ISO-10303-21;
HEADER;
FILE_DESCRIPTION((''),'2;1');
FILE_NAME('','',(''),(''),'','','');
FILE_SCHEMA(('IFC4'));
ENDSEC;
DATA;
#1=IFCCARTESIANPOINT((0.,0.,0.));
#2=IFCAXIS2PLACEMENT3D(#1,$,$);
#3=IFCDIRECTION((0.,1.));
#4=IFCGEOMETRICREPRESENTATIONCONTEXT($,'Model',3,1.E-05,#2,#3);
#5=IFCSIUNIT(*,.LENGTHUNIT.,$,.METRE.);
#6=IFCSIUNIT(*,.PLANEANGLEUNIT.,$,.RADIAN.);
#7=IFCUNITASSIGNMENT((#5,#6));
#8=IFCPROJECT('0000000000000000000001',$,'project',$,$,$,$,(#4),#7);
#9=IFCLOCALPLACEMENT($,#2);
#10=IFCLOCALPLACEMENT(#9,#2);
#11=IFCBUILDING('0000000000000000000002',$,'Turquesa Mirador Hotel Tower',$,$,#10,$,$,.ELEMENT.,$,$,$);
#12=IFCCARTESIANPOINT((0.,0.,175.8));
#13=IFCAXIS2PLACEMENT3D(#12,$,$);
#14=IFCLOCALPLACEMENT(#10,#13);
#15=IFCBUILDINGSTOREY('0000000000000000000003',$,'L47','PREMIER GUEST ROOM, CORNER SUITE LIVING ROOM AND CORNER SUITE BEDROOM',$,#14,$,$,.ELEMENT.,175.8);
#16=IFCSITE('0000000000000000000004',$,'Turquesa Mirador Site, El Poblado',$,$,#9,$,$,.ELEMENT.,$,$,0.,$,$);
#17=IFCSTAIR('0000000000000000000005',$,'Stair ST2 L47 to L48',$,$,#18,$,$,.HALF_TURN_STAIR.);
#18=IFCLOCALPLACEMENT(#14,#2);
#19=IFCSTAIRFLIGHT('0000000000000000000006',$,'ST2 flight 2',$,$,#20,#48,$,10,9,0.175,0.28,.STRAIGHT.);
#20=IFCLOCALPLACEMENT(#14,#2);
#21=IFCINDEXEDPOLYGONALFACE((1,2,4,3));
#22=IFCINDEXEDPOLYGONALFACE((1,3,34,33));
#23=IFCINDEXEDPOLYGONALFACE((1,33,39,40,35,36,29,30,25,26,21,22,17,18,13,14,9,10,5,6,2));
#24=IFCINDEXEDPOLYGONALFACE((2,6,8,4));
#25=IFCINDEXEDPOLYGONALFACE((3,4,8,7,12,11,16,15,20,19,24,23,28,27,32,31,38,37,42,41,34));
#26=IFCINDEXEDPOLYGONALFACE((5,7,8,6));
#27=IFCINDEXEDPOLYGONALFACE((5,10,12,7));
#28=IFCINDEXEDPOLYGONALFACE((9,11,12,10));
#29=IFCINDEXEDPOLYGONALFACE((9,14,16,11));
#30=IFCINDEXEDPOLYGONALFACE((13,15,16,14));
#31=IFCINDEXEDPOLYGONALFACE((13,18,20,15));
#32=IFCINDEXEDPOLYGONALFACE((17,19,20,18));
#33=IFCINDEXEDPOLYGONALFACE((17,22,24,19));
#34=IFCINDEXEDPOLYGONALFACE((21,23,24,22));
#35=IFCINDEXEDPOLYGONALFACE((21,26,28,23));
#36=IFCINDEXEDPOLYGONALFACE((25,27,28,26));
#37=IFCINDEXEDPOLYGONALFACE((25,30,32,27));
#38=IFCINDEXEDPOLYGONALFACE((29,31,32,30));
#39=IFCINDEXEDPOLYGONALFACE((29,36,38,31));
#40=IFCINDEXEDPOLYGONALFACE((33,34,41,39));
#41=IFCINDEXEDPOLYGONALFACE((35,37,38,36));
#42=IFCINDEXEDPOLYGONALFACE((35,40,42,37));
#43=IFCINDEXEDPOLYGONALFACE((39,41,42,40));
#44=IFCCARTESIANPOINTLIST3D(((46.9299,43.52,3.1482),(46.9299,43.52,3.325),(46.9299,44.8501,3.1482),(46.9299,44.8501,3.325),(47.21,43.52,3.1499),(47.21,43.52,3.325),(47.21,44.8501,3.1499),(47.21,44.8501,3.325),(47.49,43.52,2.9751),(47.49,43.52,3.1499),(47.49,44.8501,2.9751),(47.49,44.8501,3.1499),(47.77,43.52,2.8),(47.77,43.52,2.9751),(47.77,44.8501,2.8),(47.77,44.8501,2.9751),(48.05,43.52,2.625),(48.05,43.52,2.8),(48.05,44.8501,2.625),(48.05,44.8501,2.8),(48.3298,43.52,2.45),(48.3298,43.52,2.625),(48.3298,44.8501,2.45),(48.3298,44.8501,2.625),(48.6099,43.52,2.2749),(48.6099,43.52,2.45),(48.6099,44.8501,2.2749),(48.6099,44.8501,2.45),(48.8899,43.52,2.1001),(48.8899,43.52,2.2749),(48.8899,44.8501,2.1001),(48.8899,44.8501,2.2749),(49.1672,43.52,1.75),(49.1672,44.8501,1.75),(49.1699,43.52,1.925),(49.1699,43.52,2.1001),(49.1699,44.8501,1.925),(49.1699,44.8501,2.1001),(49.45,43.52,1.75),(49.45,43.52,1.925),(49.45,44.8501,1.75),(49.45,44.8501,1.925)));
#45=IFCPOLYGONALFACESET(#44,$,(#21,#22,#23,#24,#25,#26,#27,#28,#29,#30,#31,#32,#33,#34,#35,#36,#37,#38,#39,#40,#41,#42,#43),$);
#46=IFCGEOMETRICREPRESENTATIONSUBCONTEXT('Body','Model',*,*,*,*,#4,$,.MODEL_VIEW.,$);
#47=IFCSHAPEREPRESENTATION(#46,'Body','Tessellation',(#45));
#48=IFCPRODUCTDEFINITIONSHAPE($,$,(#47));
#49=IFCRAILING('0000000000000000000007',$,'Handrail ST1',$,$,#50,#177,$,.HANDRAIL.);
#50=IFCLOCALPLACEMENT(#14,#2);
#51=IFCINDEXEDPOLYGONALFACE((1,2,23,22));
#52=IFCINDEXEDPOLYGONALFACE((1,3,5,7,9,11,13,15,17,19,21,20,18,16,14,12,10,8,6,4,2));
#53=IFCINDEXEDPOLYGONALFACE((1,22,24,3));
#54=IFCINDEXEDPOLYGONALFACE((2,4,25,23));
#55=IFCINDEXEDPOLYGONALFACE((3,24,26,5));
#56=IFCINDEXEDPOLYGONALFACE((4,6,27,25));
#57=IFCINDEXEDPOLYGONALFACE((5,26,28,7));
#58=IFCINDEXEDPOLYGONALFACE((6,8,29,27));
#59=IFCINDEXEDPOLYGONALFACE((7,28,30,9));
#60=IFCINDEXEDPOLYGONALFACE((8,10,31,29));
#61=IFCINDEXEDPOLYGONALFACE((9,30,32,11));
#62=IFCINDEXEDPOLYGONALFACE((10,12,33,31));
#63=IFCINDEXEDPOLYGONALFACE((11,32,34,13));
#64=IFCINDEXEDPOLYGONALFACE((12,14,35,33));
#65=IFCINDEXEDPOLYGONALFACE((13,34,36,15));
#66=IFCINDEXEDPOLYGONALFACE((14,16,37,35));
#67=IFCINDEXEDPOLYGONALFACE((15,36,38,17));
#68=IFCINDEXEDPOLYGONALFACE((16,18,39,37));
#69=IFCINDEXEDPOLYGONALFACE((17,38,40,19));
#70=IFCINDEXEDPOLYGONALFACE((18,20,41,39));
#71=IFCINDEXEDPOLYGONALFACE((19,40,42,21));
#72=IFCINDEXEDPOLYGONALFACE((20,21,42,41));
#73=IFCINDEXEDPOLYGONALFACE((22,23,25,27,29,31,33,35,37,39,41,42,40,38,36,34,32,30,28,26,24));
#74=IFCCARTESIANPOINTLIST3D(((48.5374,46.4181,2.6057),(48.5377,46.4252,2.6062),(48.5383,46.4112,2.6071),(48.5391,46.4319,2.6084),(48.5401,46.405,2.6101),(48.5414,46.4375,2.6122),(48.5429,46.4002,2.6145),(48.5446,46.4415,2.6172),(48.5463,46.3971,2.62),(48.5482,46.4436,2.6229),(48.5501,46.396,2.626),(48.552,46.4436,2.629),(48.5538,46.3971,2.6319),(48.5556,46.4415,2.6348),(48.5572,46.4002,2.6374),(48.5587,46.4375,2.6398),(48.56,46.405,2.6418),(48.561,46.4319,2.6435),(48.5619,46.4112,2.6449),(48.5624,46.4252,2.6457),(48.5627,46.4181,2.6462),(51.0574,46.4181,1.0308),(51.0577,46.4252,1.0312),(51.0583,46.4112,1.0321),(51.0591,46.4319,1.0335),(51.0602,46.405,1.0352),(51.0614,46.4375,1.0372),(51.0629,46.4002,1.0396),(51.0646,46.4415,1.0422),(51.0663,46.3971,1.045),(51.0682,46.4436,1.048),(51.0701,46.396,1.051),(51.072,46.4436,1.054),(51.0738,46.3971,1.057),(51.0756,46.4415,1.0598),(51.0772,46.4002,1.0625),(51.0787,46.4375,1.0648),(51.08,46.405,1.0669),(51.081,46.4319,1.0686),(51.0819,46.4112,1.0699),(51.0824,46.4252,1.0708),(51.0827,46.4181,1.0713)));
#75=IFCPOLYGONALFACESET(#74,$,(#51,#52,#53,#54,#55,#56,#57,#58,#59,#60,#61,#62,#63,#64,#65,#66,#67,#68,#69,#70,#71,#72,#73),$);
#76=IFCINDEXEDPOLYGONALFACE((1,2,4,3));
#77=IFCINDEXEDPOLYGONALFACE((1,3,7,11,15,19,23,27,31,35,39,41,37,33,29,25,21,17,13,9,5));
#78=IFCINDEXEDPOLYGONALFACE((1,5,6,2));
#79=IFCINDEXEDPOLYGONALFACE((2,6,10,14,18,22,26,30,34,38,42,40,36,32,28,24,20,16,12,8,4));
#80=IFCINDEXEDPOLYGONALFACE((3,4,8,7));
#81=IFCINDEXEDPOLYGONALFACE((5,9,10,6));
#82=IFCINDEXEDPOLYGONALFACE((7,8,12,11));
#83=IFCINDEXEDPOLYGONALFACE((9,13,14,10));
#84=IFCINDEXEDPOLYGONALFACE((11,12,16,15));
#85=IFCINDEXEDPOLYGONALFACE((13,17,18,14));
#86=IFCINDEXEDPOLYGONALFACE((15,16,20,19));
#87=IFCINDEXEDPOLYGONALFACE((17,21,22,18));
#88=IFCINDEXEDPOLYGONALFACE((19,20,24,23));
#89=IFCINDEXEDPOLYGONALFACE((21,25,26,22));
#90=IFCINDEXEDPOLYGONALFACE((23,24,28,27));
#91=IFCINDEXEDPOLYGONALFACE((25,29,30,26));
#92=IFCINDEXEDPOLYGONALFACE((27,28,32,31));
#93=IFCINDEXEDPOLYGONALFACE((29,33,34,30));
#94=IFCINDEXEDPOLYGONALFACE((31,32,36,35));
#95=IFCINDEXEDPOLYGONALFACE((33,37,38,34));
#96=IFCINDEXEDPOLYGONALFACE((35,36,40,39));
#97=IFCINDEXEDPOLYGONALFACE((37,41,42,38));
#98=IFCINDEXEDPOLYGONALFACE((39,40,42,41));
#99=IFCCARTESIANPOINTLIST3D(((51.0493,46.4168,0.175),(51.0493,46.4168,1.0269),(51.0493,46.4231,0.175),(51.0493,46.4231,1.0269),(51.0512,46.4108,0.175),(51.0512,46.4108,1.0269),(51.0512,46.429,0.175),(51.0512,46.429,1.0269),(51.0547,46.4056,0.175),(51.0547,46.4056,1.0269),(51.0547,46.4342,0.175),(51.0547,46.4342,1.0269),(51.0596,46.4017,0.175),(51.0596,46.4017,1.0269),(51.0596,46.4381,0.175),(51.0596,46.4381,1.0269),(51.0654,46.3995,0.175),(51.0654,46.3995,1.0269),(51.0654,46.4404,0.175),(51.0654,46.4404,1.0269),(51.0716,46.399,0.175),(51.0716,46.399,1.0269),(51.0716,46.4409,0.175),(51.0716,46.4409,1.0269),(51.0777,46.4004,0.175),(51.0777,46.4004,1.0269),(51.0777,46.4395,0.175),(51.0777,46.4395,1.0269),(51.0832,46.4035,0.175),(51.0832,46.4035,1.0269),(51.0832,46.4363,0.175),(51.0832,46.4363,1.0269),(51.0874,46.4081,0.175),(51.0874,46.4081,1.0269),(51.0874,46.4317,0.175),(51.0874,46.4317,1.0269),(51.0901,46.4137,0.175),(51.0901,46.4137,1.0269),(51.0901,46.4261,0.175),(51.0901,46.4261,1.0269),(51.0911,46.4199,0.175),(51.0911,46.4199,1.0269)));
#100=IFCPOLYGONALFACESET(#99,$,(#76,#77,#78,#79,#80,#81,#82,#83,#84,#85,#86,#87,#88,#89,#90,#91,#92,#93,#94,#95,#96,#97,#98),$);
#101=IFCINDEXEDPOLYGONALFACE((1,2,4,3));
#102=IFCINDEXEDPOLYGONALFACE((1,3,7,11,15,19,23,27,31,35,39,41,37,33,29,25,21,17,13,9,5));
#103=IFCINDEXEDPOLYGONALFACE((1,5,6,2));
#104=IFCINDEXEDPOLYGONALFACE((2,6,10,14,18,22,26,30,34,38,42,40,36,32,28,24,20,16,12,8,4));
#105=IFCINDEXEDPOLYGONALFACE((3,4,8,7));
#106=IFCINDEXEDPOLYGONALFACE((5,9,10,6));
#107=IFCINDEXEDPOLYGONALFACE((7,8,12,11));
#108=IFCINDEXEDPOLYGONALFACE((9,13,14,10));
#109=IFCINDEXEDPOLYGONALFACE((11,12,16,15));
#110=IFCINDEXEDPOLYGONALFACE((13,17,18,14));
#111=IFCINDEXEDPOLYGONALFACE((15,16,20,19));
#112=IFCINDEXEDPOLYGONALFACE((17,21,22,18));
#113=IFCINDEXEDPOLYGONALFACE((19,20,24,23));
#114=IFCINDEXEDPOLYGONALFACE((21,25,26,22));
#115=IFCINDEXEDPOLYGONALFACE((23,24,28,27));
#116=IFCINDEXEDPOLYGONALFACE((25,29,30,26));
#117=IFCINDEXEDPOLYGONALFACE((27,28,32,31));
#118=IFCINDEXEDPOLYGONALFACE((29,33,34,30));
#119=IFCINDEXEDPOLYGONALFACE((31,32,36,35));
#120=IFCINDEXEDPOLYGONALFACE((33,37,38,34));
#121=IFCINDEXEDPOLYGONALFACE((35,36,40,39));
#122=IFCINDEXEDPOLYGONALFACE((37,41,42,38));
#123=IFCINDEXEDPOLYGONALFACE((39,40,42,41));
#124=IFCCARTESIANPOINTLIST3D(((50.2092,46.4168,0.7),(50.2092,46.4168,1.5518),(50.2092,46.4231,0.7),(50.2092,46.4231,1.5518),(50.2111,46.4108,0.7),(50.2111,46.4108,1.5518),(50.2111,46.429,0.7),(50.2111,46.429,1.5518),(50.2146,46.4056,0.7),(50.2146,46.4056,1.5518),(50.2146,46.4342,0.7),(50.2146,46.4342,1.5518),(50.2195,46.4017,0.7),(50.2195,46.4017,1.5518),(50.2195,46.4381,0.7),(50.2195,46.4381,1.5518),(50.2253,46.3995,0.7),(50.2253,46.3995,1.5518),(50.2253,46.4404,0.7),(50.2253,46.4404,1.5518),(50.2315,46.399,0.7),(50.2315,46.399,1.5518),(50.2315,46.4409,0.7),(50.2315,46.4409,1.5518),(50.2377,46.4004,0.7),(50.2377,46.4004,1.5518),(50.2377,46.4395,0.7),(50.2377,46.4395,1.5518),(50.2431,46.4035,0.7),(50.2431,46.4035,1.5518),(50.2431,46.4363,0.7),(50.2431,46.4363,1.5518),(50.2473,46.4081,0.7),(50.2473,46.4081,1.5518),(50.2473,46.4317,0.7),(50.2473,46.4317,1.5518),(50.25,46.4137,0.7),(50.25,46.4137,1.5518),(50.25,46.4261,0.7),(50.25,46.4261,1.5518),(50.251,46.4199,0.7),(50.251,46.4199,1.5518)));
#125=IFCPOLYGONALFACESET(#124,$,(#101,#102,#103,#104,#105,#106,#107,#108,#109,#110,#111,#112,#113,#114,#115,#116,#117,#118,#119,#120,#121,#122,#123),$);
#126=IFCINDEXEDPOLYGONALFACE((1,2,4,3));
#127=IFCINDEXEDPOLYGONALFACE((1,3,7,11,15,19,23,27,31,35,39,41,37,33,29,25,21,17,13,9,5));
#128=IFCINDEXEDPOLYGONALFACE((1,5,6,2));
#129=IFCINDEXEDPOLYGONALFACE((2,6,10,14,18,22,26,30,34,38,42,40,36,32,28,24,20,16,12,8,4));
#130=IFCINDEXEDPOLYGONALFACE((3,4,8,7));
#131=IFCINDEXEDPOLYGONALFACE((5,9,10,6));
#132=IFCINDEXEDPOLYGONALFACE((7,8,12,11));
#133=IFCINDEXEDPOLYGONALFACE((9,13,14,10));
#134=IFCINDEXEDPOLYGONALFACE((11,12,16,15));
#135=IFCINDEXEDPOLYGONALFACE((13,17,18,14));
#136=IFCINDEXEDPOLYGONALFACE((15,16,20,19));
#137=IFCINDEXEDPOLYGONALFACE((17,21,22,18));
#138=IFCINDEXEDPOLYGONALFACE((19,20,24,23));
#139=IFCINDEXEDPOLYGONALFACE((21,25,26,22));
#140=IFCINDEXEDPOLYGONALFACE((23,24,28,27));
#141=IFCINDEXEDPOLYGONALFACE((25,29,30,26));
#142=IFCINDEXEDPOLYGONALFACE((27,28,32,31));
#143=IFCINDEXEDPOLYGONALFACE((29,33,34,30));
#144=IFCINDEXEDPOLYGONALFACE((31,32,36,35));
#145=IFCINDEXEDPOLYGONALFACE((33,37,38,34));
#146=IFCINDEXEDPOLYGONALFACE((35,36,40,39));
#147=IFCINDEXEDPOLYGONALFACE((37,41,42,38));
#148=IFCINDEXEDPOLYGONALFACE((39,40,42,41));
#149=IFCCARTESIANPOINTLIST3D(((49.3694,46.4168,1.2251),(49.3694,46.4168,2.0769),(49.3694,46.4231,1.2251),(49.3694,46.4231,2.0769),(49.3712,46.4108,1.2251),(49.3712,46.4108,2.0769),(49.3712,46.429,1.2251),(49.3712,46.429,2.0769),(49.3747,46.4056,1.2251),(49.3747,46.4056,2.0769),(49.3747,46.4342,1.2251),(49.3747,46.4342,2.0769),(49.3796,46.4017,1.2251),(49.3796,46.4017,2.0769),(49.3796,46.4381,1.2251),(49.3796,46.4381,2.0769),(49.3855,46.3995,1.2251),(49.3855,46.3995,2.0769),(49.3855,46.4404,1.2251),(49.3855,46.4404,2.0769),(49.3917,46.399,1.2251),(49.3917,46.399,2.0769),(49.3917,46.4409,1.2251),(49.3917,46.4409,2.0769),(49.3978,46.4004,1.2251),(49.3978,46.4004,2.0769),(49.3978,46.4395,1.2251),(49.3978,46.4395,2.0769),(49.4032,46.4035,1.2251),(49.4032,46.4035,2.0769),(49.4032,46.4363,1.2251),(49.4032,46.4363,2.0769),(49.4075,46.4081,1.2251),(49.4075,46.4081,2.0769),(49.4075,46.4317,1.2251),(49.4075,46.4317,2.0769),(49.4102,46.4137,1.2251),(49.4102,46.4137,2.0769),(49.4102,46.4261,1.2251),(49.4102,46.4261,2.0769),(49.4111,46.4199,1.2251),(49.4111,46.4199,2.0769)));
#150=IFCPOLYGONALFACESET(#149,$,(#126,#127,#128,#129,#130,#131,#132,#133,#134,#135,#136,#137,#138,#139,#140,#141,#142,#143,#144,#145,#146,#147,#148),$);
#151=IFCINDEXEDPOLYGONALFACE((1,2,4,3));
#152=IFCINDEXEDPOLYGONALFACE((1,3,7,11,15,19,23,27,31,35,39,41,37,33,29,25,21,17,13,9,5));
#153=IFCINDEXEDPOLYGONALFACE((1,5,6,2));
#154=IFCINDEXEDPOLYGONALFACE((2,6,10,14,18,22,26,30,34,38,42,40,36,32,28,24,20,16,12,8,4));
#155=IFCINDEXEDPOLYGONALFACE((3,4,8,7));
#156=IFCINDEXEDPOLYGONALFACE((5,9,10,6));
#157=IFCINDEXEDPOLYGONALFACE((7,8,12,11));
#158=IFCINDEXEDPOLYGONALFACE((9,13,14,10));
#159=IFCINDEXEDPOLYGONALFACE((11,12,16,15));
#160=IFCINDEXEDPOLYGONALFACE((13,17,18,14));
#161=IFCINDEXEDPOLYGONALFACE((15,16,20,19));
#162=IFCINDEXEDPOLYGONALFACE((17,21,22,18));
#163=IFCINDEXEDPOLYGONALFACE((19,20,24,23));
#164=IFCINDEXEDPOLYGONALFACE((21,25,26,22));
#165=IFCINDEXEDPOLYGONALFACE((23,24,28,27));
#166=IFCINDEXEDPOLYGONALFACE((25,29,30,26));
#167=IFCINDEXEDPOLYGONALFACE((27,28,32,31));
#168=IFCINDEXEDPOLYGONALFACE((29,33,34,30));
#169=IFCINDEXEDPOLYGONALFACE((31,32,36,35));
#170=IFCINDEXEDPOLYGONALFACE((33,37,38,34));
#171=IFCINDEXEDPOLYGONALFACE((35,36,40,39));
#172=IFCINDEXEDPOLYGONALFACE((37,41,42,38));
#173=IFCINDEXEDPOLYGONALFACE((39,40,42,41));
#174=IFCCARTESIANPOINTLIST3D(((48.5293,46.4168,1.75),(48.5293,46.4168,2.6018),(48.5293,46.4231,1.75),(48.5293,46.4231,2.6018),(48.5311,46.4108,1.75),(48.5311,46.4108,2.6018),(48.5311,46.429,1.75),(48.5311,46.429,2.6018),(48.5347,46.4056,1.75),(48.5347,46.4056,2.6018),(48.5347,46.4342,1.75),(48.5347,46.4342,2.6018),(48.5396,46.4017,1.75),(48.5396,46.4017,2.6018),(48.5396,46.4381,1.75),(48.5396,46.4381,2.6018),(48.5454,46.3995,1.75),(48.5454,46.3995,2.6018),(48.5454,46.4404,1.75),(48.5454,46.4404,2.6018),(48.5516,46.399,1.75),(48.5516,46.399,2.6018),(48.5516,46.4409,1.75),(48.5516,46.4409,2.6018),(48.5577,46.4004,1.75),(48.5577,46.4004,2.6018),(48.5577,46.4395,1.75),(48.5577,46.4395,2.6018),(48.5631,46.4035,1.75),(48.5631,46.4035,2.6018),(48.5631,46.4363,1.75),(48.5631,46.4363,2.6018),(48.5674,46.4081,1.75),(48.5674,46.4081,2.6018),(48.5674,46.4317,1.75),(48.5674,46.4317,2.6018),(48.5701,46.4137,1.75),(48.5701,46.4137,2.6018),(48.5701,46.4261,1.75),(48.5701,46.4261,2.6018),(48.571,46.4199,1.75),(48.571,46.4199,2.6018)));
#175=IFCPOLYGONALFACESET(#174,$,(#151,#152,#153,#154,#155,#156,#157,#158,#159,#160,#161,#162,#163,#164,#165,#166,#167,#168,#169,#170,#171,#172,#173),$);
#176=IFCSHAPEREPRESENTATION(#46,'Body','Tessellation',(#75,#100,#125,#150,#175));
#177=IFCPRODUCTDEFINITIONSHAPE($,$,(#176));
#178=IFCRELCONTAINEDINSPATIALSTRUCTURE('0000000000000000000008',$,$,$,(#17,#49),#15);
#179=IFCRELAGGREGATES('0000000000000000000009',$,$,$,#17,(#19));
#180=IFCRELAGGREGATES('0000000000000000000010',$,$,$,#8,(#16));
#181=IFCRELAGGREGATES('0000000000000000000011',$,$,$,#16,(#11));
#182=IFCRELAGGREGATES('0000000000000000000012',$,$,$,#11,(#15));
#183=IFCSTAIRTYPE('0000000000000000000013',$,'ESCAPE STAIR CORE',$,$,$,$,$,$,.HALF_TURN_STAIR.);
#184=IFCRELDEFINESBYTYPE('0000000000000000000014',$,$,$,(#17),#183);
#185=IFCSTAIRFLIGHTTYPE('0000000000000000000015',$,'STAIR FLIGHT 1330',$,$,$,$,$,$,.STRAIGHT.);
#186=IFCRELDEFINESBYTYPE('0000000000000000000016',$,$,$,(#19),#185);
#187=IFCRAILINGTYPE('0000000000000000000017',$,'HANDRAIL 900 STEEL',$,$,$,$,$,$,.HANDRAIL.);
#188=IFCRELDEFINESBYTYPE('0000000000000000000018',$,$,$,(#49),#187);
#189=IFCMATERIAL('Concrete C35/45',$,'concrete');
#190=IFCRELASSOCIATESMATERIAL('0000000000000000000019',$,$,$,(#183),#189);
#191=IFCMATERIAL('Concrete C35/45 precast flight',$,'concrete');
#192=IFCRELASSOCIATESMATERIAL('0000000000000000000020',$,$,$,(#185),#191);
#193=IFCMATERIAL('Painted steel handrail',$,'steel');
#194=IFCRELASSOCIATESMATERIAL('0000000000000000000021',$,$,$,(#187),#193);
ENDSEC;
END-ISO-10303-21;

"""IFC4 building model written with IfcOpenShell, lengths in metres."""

from ifc_helpers import new_model, si_unit, direction, frame, origin, origin_2d, place, context, subcontext, project, spatial, polyline, circle, outline, extrude, material, type_object, element, aggregate, save


model = new_model("IFC4")

# Units and contexts
model_context = context("Model", 3, precision=1e-05, world=origin(), true_north=direction((0.0, 1.0)))
body_context = subcontext(model_context, "Body", "Model", "MODEL_VIEW")
ifc_project = project(units=[si_unit("LENGTHUNIT", "METRE"), si_unit("PLANEANGLEUNIT", "RADIAN")], contexts=[model_context])

# Site, building, storey
site_placement = place(None, origin())
site = spatial("IfcSite", under=ifc_project, at=site_placement, Name="Turquesa Mirador Site, El Poblado", CompositionType="ELEMENT", RefElevation=0.0)
building_placement = place(site_placement, origin())
building = spatial("IfcBuilding", under=site, at=building_placement, Name="Turquesa Mirador Hotel Tower", CompositionType="ELEMENT")
storey_placement = place(building_placement, frame((0.0, 0.0, 175.8)))
storey = spatial("IfcBuildingStorey", under=building, at=storey_placement, Name="L47", Description="PREMIER GUEST ROOM, CORNER SUITE LIVING ROOM AND CORNER SUITE BEDROOM", CompositionType="ELEMENT", Elevation=175.8)

# Shared definitions
ifc_material_1 = material(Name="Concrete C35/45", Category="concrete")
stair_type = type_object("IfcStairType", Name="ESCAPE STAIR CORE", PredefinedType="HALF_TURN_STAIR", material=ifc_material_1)
ifc_material_2 = material(Name="Concrete C35/45 precast flight", Category="concrete")
stair_flight_type = type_object("IfcStairFlightType", Name="STAIR FLIGHT 1330", PredefinedType="STRAIGHT", material=ifc_material_2)

# Stair, stair flight
stair_1_placement = place(storey_placement, origin())
stair_1 = element("IfcStair", 1, at=stair_1_placement, inside=storey, type_object=stair_type, Name="Stair ST2 L47 to L48", PredefinedType="HALF_TURN_STAIR")
stair_flight_1_placement = place(storey_placement, frame((49.45, 44.1851, 1.75), z_axis=(0.0, 0.0, 1.0), x_axis=(-1.0, 0.0, 0.0)))
stair_flight_1 = element("IfcStairFlight", 2, at=stair_flight_1_placement, type_object=stair_flight_type, Name="ST2 flight 2", NumberOfRisers=10, NumberOfTreads=9, PredefinedType="STRAIGHT", RiserHeight=0.175, TreadLength=0.28, context=body_context, shape_type="SweptSolid", body=[
    extrude(outline(polyline([(0.0, 0.0), (0.0, 0.175), (0.28, 0.175), (0.28, 0.3501), (0.5601, 0.3501), (0.5601, 0.5249), (0.8401, 0.5249), (0.8401, 0.7), (1.1201, 0.7), (1.1201, 0.875), (1.3999, 0.875), (1.3999, 1.05), (1.6799, 1.05), (1.6799, 1.2251), (1.96, 1.2251), (1.96, 1.3999), (2.24, 1.3999), (2.24, 1.575), (2.52, 1.575), (2.52, 1.75), (2.52, 1.3982), (0.2827, 0.0), (0.0, 0.0)])), frame((0.0, 0.665, 0.0), z_axis=(0.0, -1.0, 0.0), x_axis=(1.0, 0.0, 0.0)), (0.0, 0.0, 1.0), 1.3301),
])
aggregate(stair_1, [stair_flight_1])

# Railing
ifc_material_3 = material(Name="Painted steel handrail", Category="steel")
railing_type = type_object("IfcRailingType", Name="HANDRAIL 900 STEEL", PredefinedType="HANDRAIL", material=ifc_material_3)
railing_1_placement = place(storey_placement, frame((51.0701, 46.4199, 0.175)))
element("IfcRailing", 3, at=railing_1_placement, inside=storey, type_object=railing_type, Name="Handrail ST1", PredefinedType="HANDRAIL", context=body_context, shape_type="SweptSolid", body=[
    extrude(circle(Radius=0.0239, at=origin_2d()), frame((0.0, 0.0, 0.876), z_axis=(-0.848008, 0.0, 0.529984), x_axis=(0.0, -1.0, 0.0)), (0.0, 0.0, 1.0), 2.9717),
    extrude(circle(Radius=0.021, at=origin_2d()), origin(), (0.0, 0.0, 1.0), 0.8518),
    extrude(circle(Radius=0.021, at=origin_2d()), frame((-0.8401, 0.0, 0.5249)), (0.0, 0.0, 1.0), 0.8518),
    extrude(circle(Radius=0.021, at=origin_2d()), frame((-1.6799, 0.0, 1.05)), (0.0, 0.0, 1.0), 0.8518),
    extrude(circle(Radius=0.021, at=origin_2d()), frame((-2.52, 0.0, 1.575)), (0.0, 0.0, 1.0), 0.8518),
])

save(model, "model.ifc")
